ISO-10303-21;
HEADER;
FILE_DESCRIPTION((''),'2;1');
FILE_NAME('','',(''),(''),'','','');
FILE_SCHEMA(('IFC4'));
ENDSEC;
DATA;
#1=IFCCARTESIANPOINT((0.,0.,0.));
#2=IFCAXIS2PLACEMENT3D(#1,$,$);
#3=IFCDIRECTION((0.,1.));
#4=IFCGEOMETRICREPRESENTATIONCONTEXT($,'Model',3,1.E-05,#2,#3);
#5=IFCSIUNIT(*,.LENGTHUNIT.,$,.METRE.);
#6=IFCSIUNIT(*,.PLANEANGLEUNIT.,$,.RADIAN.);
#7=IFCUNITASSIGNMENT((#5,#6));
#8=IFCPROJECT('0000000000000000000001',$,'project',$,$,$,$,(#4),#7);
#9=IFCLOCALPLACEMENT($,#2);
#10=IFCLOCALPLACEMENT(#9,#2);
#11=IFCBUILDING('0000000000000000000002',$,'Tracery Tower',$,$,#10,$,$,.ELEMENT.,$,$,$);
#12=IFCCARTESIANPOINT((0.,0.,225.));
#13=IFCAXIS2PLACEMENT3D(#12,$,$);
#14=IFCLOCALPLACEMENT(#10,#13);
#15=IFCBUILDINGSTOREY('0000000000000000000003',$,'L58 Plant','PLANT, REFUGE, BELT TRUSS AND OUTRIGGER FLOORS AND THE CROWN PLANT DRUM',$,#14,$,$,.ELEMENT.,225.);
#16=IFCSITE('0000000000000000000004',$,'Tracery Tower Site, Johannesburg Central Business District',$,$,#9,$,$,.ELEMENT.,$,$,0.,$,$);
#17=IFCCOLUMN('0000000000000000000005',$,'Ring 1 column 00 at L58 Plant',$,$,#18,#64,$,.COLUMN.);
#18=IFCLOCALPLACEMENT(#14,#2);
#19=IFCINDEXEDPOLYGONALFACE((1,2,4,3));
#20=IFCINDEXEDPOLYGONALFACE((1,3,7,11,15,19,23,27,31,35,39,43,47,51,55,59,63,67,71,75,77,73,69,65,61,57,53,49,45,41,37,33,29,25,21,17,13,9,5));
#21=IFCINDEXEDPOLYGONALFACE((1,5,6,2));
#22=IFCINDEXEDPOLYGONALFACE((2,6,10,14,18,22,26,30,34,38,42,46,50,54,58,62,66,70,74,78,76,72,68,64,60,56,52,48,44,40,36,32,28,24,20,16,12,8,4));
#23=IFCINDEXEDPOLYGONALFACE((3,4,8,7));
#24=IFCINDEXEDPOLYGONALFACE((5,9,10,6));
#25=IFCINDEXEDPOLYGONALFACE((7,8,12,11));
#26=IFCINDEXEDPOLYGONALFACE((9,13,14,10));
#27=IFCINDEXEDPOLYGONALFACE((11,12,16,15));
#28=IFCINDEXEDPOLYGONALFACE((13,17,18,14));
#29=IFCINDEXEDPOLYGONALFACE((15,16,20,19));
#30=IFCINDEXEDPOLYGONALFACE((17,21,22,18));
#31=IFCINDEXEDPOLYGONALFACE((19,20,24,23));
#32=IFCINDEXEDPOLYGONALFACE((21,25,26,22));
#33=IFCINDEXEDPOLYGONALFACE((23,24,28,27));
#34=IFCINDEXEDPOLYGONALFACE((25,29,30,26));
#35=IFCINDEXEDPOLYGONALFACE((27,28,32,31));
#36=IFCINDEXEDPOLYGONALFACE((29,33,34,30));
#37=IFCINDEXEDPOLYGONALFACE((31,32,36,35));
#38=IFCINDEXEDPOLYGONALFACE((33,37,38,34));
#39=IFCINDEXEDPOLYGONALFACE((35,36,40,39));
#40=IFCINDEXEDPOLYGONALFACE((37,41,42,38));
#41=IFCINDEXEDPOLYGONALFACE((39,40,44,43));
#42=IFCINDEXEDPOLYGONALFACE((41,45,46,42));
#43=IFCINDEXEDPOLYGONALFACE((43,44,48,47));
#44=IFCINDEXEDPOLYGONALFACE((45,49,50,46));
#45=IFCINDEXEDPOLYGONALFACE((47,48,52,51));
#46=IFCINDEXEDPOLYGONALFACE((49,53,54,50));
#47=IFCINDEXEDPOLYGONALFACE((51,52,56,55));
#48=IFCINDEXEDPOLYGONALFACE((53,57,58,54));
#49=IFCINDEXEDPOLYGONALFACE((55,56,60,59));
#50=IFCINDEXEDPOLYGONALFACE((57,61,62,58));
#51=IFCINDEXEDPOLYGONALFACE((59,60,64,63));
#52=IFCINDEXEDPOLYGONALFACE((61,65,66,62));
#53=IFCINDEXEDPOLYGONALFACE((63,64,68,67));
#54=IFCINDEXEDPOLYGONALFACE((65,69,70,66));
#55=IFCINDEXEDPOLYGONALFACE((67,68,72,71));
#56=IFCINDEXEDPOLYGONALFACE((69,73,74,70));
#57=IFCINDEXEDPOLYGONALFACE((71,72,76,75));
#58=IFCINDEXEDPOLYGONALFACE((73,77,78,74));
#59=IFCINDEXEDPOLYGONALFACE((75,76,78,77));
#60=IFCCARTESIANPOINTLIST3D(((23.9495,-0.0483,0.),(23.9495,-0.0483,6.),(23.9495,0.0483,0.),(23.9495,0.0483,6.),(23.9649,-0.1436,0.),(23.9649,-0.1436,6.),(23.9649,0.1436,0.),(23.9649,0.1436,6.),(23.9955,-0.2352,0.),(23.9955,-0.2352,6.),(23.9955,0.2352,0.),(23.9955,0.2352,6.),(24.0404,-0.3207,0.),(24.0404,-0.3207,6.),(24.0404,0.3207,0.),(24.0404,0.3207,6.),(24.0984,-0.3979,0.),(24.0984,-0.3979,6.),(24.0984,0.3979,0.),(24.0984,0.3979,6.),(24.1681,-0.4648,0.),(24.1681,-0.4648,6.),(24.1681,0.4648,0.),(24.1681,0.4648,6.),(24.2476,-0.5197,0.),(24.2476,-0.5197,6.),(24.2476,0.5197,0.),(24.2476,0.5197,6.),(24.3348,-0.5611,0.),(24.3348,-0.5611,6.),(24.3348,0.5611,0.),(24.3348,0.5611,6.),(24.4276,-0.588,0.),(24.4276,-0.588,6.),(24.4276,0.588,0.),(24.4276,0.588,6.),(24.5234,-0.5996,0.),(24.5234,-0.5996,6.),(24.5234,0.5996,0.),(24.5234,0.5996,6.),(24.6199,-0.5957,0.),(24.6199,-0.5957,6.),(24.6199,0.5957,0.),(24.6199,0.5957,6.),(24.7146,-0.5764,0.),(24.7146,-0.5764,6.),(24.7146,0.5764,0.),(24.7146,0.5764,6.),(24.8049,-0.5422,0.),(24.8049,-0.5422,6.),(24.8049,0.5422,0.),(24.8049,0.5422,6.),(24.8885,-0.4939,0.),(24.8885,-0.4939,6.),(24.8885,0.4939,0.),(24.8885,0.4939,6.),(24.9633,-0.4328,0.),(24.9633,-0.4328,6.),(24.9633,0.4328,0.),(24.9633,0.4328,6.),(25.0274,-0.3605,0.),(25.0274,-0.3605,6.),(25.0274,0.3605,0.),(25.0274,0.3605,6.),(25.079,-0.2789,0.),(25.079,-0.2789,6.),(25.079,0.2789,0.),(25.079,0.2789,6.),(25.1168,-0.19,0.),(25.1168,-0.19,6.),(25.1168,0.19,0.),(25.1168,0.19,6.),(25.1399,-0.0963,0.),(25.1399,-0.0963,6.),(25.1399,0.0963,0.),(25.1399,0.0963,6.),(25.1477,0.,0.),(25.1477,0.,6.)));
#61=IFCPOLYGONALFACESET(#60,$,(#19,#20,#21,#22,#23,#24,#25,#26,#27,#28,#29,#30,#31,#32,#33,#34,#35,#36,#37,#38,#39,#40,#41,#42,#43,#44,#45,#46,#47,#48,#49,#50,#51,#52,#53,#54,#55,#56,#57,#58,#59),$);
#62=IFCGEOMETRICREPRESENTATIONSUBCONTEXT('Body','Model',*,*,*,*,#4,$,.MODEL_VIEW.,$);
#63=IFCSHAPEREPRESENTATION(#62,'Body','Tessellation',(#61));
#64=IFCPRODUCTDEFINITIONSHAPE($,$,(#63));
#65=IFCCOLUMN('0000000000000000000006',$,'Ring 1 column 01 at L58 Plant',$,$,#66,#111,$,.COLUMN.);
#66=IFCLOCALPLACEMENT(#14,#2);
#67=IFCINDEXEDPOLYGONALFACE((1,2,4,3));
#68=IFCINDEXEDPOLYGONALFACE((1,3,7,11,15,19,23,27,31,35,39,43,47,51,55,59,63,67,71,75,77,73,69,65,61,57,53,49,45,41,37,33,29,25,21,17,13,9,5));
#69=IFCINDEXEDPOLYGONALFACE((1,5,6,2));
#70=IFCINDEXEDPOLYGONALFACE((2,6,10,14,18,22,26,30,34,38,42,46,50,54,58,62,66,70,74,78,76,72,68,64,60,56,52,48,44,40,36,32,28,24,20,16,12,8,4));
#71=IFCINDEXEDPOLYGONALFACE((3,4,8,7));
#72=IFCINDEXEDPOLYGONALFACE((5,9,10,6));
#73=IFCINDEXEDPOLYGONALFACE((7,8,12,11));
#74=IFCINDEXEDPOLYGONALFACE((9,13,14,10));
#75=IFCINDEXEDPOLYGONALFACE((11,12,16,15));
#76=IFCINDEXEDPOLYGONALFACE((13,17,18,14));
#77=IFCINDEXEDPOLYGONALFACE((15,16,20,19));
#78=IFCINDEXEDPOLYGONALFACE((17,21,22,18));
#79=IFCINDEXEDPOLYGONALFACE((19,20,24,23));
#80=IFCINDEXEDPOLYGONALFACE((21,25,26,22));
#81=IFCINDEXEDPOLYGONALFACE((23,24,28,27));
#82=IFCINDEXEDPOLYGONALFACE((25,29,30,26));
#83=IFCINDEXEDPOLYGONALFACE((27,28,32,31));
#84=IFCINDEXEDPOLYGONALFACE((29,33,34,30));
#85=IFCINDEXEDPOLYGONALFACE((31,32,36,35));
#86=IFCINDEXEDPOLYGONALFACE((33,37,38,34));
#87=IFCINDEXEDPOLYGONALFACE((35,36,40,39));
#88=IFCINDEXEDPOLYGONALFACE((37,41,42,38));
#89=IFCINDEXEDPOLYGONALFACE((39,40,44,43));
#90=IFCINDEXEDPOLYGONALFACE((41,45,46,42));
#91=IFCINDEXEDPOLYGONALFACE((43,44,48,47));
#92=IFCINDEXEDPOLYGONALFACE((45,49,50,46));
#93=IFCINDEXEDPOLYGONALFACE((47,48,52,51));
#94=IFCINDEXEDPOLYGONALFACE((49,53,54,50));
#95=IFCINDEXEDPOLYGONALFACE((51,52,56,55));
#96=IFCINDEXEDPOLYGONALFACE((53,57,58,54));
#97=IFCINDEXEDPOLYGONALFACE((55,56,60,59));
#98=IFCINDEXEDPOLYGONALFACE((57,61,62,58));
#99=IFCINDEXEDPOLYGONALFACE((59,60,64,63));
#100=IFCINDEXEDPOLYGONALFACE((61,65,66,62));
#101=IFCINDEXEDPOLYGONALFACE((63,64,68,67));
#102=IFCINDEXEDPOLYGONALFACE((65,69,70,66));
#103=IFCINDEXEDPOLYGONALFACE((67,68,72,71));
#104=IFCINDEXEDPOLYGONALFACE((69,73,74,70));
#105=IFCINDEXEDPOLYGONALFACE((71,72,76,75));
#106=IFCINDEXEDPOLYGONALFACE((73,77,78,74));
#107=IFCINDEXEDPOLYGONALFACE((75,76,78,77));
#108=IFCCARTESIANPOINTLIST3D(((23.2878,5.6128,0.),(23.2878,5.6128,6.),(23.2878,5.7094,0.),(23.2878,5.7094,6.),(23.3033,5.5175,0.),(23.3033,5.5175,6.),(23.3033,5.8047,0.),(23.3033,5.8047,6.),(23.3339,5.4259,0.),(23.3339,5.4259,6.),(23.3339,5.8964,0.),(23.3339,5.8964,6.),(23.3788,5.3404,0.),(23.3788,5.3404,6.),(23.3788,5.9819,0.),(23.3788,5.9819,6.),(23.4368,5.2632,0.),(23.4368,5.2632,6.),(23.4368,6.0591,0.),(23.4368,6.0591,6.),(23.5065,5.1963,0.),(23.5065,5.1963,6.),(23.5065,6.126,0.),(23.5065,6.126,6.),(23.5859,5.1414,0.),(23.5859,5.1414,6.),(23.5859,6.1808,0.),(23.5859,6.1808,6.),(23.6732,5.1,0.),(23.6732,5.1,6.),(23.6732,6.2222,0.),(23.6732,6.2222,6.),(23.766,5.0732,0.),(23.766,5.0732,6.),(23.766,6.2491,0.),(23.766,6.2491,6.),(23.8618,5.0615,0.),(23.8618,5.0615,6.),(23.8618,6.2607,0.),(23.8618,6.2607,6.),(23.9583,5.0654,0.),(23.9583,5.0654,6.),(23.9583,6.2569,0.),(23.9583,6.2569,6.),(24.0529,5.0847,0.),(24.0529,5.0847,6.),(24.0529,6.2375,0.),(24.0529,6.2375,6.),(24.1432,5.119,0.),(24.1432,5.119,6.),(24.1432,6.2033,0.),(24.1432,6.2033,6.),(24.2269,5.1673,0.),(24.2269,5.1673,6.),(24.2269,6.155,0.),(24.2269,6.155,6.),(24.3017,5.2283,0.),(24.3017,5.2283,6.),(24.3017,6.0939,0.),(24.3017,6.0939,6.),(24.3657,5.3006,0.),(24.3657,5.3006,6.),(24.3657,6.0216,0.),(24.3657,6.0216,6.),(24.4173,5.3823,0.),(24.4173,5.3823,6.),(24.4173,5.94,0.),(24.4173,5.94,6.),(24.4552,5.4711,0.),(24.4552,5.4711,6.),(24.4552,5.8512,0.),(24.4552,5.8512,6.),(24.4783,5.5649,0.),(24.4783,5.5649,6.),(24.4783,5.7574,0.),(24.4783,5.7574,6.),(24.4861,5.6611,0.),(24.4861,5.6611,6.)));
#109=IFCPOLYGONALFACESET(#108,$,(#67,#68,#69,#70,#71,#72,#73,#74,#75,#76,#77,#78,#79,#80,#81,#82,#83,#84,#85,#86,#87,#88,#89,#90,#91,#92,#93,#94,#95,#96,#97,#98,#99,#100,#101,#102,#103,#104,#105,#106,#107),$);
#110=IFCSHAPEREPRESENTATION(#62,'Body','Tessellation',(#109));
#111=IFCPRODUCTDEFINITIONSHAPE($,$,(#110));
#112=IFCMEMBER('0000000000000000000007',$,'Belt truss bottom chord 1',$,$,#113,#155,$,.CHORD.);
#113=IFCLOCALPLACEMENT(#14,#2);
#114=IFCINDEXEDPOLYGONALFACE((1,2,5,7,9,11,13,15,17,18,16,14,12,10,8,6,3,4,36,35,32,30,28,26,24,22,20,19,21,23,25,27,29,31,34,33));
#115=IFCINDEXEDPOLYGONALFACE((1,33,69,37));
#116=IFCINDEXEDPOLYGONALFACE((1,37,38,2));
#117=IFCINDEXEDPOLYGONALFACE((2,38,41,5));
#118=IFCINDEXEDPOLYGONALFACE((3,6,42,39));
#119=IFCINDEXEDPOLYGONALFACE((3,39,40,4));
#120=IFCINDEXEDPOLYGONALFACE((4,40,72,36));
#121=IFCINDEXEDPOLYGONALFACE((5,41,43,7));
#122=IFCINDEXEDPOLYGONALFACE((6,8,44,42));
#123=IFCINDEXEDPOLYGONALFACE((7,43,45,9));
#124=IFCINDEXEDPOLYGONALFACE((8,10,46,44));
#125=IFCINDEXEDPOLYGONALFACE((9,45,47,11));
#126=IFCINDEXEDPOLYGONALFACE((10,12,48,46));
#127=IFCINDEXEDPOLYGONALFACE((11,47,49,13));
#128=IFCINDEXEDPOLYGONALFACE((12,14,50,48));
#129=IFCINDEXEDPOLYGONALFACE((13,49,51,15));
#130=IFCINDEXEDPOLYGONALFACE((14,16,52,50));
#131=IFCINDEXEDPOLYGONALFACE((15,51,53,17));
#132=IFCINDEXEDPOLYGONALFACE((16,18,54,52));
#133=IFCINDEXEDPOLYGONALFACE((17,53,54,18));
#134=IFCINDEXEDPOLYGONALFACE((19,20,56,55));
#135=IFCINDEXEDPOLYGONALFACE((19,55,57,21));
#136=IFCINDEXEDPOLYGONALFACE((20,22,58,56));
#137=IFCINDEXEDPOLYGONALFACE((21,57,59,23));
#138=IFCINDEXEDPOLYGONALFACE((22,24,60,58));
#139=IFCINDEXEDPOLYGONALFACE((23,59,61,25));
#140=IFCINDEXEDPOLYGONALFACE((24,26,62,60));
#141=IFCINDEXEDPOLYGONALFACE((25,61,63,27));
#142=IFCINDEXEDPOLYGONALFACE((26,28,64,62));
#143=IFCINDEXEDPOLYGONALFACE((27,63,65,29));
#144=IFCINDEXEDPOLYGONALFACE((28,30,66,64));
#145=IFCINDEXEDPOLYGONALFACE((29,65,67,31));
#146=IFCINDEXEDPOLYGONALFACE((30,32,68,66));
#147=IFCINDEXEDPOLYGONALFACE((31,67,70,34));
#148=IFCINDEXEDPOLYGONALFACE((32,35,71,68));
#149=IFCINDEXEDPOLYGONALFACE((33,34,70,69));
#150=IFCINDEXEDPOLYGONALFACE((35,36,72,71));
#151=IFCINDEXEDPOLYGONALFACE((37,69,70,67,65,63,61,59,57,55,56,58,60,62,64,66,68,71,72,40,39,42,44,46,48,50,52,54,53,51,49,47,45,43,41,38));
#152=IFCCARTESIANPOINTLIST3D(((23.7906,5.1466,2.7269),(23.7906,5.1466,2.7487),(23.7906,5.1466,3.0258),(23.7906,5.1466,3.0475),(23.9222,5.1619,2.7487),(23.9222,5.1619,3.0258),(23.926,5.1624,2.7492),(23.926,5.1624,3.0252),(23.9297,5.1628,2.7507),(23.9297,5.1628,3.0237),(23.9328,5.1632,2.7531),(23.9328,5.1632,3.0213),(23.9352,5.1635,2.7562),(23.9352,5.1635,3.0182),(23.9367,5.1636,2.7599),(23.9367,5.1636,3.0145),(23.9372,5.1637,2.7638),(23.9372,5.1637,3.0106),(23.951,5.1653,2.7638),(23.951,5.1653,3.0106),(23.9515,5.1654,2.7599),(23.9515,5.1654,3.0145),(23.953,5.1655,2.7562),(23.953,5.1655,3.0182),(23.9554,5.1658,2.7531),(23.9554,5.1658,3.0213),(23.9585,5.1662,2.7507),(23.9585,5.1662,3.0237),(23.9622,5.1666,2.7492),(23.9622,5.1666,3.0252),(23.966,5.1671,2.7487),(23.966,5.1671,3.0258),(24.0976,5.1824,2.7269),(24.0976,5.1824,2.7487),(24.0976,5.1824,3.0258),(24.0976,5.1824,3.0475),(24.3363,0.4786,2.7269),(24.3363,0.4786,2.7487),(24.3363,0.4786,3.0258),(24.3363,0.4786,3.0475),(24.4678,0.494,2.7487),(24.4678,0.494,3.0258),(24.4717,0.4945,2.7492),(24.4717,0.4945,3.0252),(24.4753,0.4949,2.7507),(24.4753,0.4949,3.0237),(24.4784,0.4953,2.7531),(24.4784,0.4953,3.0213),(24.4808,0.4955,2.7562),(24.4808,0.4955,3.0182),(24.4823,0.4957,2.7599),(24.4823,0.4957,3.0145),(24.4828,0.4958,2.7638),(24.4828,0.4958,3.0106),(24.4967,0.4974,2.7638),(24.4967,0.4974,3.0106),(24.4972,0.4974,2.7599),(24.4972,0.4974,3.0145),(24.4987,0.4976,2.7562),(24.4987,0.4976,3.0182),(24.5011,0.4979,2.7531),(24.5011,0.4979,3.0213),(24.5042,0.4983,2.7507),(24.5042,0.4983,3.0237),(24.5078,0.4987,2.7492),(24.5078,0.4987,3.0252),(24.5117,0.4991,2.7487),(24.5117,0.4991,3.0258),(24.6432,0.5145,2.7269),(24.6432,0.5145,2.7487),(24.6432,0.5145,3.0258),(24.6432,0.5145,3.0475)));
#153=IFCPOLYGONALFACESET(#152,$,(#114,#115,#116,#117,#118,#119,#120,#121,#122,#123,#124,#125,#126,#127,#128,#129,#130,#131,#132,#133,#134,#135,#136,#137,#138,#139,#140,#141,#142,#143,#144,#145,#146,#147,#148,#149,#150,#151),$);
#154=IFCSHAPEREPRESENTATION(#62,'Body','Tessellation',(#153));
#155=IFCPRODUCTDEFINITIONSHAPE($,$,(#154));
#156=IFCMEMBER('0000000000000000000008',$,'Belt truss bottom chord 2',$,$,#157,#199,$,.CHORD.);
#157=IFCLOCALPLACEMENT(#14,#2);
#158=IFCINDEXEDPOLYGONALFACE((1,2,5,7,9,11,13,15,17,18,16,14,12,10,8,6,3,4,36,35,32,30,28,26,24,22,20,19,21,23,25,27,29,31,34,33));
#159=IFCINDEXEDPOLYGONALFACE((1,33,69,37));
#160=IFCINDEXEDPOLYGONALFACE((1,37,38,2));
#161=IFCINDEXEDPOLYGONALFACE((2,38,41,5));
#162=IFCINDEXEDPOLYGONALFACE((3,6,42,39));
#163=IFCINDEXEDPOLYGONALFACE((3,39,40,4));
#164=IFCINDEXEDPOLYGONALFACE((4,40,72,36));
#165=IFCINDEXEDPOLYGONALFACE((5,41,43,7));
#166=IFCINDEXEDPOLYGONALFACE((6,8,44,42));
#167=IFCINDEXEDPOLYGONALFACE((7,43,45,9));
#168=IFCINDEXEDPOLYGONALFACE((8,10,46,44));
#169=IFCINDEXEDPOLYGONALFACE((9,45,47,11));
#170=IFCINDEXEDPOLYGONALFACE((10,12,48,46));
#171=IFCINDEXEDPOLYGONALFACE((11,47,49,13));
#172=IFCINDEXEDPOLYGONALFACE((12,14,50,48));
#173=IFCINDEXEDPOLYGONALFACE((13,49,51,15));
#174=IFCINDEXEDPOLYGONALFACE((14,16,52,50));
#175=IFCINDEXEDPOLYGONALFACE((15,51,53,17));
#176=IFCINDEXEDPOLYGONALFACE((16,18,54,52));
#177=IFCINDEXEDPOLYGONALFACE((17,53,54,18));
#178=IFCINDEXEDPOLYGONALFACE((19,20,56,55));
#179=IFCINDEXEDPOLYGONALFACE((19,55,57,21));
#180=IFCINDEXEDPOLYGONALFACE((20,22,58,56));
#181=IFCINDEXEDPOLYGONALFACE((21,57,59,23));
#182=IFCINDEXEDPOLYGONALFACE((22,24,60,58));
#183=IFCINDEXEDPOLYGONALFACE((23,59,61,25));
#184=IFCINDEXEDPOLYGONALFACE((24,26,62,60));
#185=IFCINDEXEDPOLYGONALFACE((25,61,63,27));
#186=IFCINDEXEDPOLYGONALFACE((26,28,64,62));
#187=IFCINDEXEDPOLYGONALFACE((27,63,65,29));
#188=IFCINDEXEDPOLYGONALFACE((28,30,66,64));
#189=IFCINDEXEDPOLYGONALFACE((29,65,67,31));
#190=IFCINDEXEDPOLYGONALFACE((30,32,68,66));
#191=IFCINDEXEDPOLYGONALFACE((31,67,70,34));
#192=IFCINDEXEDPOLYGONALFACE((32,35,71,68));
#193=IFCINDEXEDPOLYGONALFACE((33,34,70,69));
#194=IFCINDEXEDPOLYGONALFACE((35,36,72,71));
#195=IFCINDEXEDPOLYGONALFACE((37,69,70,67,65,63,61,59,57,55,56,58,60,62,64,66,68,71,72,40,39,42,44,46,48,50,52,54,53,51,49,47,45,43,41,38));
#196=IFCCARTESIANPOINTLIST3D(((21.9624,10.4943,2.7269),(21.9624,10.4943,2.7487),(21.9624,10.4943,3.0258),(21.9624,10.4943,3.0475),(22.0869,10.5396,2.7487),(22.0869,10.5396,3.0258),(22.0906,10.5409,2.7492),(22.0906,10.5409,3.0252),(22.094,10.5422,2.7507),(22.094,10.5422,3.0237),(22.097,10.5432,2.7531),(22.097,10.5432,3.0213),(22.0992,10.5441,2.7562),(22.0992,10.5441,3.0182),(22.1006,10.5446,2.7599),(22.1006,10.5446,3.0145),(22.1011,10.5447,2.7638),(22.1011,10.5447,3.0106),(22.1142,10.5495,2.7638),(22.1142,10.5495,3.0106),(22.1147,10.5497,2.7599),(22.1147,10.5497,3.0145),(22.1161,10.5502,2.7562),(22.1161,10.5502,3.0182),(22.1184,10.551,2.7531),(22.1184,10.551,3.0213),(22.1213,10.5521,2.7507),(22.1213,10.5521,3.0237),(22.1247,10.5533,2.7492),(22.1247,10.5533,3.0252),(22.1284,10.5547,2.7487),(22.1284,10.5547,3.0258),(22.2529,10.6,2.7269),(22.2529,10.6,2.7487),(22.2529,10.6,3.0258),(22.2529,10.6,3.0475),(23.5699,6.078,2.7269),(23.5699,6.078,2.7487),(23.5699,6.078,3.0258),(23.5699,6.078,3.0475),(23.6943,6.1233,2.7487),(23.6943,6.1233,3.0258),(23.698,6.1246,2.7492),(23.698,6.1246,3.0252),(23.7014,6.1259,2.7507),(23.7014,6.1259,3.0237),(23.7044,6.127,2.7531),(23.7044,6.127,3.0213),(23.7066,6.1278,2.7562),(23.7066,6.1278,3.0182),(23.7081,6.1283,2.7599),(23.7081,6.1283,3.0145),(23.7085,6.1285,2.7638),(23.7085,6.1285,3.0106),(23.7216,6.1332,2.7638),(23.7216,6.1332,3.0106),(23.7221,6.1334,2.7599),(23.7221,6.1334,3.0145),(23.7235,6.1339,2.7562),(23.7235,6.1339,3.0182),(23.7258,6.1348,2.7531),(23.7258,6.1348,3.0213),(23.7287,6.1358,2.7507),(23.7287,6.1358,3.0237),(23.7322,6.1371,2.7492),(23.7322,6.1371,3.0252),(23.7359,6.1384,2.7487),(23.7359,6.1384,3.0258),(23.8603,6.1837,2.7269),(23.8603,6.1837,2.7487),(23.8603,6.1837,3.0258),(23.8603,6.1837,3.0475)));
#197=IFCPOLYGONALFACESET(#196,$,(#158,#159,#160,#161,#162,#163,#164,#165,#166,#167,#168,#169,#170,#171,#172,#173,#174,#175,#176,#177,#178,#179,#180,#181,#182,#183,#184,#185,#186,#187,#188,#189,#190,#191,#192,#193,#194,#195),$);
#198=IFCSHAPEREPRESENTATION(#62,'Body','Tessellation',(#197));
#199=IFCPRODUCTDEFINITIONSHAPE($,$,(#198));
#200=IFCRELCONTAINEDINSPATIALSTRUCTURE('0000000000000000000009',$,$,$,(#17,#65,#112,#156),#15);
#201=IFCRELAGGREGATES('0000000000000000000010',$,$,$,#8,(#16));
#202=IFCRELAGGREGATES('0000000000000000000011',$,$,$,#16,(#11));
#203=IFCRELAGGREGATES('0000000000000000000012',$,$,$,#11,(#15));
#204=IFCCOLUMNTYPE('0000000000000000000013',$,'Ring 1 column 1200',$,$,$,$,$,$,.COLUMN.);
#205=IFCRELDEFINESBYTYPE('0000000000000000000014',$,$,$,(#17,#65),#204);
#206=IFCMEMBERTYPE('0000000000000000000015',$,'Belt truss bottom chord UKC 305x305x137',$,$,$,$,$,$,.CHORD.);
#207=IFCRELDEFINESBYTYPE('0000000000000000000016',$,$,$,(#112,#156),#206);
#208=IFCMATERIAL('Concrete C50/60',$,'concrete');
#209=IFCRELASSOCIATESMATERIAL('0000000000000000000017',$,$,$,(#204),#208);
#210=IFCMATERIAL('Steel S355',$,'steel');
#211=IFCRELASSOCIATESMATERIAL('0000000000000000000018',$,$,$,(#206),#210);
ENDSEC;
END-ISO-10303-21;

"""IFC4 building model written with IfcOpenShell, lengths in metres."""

from ifc_helpers import new_model, si_unit, direction, frame, origin, origin_2d, place, context, subcontext, project, spatial, circle, i_section, extrude, material, material_profile, profile_set, type_object, element, save


model = new_model("IFC4")

# Units and contexts
model_context = context("Model", 3, precision=1e-05, world=origin(), true_north=direction((0.0, 1.0)))
body_context = subcontext(model_context, "Body", "Model", "MODEL_VIEW")
ifc_project = project(units=[si_unit("LENGTHUNIT", "METRE"), si_unit("PLANEANGLEUNIT", "RADIAN")], contexts=[model_context])

# Site, building, storey
site_placement = place(None, origin())
site = spatial("IfcSite", under=ifc_project, at=site_placement, Name="Tracery Tower Site, Johannesburg Central Business District", CompositionType="ELEMENT", RefElevation=0.0)
building_placement = place(site_placement, origin())
building = spatial("IfcBuilding", under=site, at=building_placement, Name="Tracery Tower", CompositionType="ELEMENT")
storey_placement = place(building_placement, frame((0.0, 0.0, 225.0)))
storey = spatial("IfcBuildingStorey", under=building, at=storey_placement, Name="L58 Plant", Description="PLANT, REFUGE, BELT TRUSS AND OUTRIGGER FLOORS AND THE CROWN PLANT DRUM", CompositionType="ELEMENT", Elevation=225.0)

# Columns
ifc_material_1 = material(Name="Concrete C50/60", Category="concrete")
ifc_material_profile_1 = material_profile(ifc_material_1, circle(Radius=0.6001, at=origin_2d()), Name="RC D1200")
ifc_profile_set_1 = profile_set([ifc_material_profile_1], Name="Concrete C50/60")
column_type = type_object("IfcColumnType", Name="Ring 1 column 1200", PredefinedType="COLUMN", material=ifc_profile_set_1)
for number, where, z_axis, x_axis, name in (
    (1, (24.5476, 0.0, 0.0), (0.0, 0.0, 1.0), (1.0, 0.0, 0.0), "Ring 1 column 00 at L58 Plant"),
    (2, (23.886, 5.6611, 0.0), (0.0, 0.0, 1.0), (1.0, 0.0, 0.0), "Ring 1 column 01 at L58 Plant"),
):
    element("IfcColumn", number, at=place(storey_placement, frame(where, z_axis=z_axis, x_axis=x_axis)), inside=storey, type_object=column_type, Name=name, PredefinedType="COLUMN", context=body_context, shape_type="SweptSolid", body=[
        extrude(circle(Radius=0.6001, at=origin_2d()), origin(), (0.0, 0.0, 1.0), 6.0),
    ])

# Members
ifc_material_2 = material(Name="Steel S355", Category="steel")
ifc_material_profile_2 = material_profile(ifc_material_2, i_section(OverallWidth=0.3091, OverallDepth=0.3206, WebThickness=0.0139, FlangeThickness=0.0217, FilletRadius=0.0151, at=origin_2d()), Name="UKC 305x305x137")
ifc_profile_set_2 = profile_set([ifc_material_profile_2], Name="Steel S355")
member_type_1 = type_object("IfcMemberType", Name="Belt truss bottom chord UKC 305x305x137", PredefinedType="CHORD", material=ifc_profile_set_2)
for number, where, z_axis, x_axis, name in (
    (3, (24.4897, 0.4966, 2.8872), (-0.116103, 0.993237, 0.0), (-0.993237, -0.116103, 0.0), "Belt truss bottom chord 1"),
    (4, (23.7151, 6.1309, 2.8872), (-0.342027, 0.93969, 0.0), (-0.93969, -0.342027, 0.0), "Belt truss bottom chord 2"),
):
    element("IfcMember", number, at=place(storey_placement, frame(where, z_axis=z_axis, x_axis=x_axis)), inside=storey, type_object=member_type_1, Name=name, PredefinedType="CHORD", context=body_context, shape_type="SweptSolid", body=[
        extrude(i_section(OverallWidth=0.3091, OverallDepth=0.3206, WebThickness=0.0139, FlangeThickness=0.0217, FilletRadius=0.0151, at=origin_2d()), origin(), (0.0, 0.0, 1.0), 4.6997),
    ])

save(model, "model.ifc")
